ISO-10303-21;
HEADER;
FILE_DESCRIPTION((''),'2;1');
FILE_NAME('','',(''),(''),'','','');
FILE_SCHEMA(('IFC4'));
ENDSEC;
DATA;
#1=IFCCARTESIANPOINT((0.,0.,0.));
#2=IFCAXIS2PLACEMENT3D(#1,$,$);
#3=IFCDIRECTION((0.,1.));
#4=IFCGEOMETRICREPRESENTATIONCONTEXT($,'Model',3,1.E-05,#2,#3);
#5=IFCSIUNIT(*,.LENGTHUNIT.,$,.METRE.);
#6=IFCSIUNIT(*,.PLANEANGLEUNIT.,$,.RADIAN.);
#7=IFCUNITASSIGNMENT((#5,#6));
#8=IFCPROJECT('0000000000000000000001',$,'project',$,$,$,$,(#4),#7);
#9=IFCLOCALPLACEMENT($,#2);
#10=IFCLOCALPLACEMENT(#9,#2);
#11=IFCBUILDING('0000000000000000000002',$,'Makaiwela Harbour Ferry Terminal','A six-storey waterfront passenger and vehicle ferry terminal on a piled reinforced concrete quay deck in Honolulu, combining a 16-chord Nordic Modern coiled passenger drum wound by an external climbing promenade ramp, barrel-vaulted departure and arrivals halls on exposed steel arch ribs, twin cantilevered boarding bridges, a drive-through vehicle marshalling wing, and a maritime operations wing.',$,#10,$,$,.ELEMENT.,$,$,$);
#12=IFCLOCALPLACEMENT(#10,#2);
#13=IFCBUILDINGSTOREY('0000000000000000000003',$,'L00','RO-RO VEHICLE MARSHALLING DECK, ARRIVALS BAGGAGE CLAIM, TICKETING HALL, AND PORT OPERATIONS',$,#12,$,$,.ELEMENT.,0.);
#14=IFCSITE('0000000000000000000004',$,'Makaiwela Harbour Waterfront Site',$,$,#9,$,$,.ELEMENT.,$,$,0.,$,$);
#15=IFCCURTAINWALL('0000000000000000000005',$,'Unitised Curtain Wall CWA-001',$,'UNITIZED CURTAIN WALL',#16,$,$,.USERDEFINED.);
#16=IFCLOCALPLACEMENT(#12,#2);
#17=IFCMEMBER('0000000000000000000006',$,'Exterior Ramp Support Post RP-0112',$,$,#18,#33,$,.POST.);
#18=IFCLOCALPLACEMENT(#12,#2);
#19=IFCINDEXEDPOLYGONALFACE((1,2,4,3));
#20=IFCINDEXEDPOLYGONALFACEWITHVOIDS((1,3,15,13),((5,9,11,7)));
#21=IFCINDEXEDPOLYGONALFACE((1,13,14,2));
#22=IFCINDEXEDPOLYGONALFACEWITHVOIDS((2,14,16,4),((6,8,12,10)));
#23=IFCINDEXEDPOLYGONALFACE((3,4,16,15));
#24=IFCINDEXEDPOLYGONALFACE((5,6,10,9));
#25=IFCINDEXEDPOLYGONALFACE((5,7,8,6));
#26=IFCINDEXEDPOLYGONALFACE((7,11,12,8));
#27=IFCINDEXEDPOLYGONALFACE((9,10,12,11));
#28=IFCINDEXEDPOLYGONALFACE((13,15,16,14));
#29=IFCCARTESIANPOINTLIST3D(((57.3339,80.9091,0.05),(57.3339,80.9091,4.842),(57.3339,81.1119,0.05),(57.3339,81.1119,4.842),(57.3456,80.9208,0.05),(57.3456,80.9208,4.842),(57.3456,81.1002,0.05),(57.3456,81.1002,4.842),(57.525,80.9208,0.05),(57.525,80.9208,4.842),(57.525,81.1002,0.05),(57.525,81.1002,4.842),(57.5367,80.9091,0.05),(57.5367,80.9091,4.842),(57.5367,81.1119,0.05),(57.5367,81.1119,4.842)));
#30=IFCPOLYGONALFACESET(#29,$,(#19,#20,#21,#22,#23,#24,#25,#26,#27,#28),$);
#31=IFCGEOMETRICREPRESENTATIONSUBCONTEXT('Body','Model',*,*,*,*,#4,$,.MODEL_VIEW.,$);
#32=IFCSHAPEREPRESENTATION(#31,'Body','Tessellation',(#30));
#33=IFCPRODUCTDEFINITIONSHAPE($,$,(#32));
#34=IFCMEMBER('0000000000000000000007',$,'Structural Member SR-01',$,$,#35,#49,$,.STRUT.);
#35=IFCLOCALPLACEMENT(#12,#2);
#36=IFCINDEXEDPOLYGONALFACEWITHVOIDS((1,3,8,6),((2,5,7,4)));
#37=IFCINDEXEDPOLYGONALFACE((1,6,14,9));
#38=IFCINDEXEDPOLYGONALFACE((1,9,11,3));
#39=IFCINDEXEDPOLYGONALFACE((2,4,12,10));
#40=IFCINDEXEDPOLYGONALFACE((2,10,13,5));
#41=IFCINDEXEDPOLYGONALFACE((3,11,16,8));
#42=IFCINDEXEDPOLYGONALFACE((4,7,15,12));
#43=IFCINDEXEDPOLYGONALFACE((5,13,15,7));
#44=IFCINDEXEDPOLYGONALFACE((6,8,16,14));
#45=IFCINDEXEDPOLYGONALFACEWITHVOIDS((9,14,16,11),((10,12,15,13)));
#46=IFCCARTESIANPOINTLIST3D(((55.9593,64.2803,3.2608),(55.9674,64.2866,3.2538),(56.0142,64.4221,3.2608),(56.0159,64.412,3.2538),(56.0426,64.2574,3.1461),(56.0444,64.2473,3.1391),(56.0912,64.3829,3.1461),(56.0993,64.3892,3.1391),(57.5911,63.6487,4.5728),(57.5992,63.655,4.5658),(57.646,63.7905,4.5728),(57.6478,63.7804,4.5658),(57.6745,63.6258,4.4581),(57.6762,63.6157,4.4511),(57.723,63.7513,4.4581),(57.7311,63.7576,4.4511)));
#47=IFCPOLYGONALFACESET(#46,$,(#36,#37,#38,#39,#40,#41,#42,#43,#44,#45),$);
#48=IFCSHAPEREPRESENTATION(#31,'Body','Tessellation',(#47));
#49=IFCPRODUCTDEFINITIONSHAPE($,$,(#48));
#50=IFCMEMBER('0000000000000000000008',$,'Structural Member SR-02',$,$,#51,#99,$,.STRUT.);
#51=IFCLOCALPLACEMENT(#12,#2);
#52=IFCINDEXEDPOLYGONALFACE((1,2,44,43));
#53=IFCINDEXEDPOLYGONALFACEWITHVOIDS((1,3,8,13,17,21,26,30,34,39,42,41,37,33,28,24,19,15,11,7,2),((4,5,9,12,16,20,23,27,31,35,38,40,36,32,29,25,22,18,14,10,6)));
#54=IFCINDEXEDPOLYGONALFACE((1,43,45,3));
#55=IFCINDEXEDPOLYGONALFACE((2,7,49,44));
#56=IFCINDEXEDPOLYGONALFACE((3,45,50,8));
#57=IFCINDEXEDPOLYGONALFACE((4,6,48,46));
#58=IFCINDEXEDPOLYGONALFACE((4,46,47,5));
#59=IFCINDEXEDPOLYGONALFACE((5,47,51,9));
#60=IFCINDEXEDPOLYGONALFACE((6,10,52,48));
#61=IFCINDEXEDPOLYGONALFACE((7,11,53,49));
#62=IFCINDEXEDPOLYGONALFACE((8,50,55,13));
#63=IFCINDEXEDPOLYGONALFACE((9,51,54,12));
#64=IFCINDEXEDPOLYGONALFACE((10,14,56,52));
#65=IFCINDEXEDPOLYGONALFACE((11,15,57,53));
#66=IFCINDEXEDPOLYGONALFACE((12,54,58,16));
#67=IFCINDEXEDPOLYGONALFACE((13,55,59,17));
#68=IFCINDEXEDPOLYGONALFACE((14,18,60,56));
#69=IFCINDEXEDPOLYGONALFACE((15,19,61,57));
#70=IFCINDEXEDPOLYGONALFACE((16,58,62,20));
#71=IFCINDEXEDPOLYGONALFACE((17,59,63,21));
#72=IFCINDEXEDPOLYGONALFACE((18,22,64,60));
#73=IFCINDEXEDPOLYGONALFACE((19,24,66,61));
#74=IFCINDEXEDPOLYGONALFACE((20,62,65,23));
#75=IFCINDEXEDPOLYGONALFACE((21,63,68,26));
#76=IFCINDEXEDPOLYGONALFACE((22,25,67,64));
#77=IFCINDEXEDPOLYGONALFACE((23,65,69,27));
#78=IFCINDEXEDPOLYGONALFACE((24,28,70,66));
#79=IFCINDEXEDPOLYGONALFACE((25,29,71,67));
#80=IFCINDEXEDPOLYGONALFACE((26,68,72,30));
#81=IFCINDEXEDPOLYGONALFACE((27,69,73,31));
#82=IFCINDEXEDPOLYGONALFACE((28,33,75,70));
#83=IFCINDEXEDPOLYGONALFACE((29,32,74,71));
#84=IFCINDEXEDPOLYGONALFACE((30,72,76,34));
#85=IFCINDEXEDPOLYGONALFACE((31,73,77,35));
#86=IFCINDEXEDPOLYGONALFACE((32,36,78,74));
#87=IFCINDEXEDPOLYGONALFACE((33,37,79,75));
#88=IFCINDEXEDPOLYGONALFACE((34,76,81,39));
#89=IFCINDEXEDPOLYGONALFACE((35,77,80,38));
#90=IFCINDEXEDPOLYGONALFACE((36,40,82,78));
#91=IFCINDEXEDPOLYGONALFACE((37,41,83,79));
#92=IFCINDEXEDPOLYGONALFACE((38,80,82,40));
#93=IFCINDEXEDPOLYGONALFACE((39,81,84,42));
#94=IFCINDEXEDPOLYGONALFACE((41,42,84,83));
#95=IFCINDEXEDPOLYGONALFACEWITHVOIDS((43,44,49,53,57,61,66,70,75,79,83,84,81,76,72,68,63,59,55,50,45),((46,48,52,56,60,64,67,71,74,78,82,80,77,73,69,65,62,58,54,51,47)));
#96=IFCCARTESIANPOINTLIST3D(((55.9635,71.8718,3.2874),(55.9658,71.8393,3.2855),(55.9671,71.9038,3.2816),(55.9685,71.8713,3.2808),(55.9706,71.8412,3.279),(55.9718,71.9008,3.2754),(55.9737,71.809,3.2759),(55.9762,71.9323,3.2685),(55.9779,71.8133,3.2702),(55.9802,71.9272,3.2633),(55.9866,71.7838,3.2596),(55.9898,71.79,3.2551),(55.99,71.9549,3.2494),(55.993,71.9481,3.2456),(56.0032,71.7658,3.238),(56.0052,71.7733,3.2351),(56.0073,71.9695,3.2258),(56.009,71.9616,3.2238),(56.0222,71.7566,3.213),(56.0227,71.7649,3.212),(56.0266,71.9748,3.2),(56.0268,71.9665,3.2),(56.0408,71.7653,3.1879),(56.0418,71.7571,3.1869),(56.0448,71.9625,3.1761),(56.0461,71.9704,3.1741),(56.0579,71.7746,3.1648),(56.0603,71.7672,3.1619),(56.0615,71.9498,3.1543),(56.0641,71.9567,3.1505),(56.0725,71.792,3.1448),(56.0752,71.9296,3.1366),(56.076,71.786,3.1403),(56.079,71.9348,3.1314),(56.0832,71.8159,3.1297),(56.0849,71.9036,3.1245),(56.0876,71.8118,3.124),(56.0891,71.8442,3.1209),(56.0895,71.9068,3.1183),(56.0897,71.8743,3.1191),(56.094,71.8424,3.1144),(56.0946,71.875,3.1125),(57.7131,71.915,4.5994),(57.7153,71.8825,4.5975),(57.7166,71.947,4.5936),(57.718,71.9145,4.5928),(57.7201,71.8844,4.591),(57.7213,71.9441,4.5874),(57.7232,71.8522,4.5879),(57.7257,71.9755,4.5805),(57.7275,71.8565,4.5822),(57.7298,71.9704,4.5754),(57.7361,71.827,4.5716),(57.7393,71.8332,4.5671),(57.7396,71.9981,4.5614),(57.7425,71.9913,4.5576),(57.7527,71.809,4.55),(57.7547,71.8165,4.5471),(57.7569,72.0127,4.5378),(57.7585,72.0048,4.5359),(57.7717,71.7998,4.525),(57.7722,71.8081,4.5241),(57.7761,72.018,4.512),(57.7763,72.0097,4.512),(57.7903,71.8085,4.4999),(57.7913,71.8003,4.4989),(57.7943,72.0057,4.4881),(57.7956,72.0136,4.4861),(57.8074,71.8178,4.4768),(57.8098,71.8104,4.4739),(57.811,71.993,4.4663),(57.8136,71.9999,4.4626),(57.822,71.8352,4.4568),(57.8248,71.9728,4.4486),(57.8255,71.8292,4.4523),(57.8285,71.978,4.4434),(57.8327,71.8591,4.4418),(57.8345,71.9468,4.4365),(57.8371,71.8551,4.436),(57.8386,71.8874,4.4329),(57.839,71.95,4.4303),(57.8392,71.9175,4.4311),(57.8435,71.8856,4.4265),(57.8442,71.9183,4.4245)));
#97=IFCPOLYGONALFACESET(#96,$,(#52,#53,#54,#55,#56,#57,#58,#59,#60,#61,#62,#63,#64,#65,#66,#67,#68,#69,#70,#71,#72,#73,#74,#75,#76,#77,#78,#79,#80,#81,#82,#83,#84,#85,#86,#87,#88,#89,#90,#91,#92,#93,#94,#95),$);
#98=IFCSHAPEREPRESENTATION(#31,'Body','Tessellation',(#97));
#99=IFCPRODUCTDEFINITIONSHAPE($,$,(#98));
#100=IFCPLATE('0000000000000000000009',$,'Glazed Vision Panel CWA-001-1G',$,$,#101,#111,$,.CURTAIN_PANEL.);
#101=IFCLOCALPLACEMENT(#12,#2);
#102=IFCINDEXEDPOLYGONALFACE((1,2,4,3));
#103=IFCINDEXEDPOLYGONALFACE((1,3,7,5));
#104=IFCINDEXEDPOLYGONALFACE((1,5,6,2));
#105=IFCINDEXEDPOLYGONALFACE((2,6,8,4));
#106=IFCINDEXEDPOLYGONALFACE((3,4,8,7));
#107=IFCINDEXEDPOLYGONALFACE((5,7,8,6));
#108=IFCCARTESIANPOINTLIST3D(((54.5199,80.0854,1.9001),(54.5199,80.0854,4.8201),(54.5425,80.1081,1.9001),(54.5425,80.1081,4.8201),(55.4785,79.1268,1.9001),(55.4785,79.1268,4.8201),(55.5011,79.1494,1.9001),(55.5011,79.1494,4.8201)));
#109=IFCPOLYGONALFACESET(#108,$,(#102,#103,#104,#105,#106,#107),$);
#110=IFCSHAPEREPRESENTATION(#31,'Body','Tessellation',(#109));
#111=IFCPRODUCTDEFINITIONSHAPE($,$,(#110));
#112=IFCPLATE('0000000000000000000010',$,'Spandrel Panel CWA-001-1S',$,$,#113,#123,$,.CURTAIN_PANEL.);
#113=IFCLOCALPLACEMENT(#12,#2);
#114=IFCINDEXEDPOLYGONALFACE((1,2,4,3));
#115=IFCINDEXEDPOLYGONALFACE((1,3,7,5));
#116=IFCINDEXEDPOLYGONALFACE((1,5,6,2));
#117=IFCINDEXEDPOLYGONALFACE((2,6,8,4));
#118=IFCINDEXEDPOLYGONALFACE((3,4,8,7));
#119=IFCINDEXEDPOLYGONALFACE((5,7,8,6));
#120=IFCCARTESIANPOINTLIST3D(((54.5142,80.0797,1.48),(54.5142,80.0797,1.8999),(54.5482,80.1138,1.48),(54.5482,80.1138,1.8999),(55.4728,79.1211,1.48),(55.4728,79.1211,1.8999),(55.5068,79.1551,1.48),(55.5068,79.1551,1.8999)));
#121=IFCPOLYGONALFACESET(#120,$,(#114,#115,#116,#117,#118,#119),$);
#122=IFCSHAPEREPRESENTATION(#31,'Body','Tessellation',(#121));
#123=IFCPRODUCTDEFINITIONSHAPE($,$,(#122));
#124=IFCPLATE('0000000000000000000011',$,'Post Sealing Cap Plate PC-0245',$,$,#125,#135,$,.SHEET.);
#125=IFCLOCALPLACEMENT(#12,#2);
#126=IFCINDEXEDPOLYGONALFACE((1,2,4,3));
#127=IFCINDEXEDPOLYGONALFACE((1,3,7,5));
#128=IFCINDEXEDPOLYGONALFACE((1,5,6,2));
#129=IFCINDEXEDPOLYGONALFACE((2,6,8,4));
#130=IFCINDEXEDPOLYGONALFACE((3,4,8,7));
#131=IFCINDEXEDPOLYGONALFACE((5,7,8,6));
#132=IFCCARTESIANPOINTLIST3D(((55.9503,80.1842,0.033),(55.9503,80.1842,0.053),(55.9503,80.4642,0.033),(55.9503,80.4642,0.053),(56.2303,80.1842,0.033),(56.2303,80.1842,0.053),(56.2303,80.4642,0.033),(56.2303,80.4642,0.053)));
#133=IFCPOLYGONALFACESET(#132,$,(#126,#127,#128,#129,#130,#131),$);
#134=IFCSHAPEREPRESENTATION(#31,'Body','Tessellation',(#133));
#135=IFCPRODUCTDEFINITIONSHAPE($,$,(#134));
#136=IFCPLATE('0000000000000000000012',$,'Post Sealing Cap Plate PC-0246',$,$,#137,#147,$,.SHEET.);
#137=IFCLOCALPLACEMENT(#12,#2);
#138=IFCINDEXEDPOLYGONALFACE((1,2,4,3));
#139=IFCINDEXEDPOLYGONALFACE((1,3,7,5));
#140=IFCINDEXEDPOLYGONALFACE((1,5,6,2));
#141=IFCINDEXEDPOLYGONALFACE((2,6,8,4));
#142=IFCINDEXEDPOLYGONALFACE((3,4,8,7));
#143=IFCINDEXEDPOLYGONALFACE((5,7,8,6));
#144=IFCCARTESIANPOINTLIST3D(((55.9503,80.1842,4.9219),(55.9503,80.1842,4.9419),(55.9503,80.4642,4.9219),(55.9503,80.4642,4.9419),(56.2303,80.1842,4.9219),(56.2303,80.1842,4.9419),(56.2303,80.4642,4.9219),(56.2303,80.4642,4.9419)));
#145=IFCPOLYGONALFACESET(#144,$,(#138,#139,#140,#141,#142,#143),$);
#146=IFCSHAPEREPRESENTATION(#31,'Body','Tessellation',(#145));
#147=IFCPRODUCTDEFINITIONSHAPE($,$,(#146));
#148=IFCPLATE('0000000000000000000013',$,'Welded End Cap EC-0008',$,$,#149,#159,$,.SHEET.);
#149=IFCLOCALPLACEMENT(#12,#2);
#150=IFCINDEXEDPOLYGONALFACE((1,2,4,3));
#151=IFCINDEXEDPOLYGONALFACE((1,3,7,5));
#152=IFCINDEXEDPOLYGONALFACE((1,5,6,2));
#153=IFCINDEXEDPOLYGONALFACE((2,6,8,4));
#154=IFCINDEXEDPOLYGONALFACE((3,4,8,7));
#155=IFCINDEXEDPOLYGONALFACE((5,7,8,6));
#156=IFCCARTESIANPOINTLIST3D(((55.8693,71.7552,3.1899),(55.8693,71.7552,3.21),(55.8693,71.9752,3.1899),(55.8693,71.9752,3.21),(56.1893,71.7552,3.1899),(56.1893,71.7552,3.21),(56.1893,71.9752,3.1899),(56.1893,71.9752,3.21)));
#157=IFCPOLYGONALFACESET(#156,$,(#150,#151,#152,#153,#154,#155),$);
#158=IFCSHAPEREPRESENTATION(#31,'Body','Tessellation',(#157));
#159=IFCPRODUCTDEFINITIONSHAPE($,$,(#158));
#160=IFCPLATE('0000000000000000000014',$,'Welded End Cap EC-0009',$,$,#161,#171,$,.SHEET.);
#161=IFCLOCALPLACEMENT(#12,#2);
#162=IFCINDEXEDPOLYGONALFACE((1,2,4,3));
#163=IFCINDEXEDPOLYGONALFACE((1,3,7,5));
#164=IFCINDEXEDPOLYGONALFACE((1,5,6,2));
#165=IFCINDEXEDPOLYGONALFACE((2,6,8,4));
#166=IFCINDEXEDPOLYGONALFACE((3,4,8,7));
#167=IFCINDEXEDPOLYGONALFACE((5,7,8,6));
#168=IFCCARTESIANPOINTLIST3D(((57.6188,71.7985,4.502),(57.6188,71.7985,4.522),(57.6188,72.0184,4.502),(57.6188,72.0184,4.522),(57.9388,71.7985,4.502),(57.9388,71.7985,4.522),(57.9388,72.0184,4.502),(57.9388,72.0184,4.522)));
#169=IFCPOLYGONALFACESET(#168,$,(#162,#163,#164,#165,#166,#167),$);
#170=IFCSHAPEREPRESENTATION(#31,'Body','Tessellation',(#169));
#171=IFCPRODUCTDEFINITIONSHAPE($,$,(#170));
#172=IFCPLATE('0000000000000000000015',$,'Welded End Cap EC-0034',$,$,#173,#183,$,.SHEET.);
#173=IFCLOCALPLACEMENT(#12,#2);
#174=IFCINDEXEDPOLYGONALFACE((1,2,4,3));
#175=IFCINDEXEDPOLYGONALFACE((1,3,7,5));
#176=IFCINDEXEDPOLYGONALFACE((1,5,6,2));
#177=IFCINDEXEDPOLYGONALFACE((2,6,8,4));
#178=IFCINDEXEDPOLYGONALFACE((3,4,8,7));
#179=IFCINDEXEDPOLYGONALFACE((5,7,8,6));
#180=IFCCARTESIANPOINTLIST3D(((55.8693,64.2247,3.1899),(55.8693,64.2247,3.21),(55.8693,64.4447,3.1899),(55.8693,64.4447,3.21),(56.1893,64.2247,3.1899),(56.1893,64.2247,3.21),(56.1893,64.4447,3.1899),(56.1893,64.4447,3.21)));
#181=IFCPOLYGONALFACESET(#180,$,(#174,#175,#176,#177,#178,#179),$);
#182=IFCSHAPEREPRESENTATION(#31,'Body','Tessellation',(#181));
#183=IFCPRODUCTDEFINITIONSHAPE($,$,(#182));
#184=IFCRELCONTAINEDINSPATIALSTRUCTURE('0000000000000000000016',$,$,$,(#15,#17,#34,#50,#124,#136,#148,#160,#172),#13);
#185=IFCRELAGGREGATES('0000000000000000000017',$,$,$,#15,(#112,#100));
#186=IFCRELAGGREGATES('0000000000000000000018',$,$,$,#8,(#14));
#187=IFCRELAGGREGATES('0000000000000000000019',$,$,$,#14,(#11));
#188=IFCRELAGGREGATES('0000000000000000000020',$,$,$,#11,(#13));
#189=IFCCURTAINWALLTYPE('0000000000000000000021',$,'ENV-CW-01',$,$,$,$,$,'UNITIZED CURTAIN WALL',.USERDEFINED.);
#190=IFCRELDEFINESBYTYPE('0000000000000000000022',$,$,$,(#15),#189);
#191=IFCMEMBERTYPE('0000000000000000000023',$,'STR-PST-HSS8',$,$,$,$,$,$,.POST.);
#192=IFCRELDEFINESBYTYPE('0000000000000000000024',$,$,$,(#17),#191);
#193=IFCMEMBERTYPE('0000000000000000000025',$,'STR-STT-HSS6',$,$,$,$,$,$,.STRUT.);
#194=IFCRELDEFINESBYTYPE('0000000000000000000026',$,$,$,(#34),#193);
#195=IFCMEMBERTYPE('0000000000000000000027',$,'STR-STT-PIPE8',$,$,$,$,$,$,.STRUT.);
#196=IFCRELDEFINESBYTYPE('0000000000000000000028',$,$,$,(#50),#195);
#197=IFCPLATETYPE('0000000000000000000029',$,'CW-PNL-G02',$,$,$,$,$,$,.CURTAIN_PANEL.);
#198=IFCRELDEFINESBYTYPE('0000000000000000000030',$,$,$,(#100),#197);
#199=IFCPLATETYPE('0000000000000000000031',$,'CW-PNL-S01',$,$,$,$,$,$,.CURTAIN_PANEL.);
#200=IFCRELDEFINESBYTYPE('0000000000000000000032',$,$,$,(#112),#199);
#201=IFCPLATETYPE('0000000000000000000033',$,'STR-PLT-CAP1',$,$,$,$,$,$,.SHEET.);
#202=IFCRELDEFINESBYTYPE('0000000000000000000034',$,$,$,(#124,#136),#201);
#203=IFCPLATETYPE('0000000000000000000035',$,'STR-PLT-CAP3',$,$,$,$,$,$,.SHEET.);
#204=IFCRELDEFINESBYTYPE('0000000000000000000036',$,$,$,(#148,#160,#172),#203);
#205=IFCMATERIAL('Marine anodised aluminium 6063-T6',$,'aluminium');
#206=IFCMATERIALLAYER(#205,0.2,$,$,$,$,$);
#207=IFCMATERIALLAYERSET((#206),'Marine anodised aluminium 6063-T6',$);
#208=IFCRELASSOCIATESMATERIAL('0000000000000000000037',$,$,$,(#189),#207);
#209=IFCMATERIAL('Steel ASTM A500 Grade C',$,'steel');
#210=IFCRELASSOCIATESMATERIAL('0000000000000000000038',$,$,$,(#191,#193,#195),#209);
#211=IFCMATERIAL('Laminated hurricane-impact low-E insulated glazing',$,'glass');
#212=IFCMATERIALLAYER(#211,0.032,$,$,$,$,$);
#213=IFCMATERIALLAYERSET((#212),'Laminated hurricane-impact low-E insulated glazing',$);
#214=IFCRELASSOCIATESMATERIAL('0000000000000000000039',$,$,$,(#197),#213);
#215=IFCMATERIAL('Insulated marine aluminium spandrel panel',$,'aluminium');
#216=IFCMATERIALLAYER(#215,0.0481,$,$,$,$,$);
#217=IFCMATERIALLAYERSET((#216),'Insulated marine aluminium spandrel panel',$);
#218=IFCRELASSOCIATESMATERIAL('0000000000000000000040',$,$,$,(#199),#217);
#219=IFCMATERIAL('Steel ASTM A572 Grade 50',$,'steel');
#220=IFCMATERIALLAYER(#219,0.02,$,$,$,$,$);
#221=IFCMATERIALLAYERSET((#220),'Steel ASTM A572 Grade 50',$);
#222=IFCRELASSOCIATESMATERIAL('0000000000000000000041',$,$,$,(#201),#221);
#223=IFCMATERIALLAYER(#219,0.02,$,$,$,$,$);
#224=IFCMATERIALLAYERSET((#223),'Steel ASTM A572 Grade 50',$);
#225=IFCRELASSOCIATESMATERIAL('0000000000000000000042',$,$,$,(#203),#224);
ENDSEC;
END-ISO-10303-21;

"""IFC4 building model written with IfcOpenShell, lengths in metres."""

from ifc_helpers import new_model, si_unit, direction, frame, origin, origin_2d, place, context, subcontext, project, spatial, rectangle, hollow_rectangle, hollow_circle, extrude, material, layer, layer_set, material_profile, profile_set, type_object, element, aggregate, save


model = new_model("IFC4")

# Units and contexts
model_context = context("Model", 3, precision=1e-05, world=origin(), true_north=direction((0.0, 1.0)))
body_context = subcontext(model_context, "Body", "Model", "MODEL_VIEW")
ifc_project = project(units=[si_unit("LENGTHUNIT", "METRE"), si_unit("PLANEANGLEUNIT", "RADIAN")], contexts=[model_context])

# Site, building, storey
site_placement = place(None, origin())
site = spatial("IfcSite", under=ifc_project, at=site_placement, Name="Makaiwela Harbour Waterfront Site", CompositionType="ELEMENT", RefElevation=0.0)
building_placement = place(site_placement, origin())
building = spatial("IfcBuilding", under=site, at=building_placement, Name="Makaiwela Harbour Ferry Terminal", Description="A six-storey waterfront passenger and vehicle ferry terminal on a piled reinforced concrete quay deck in Honolulu, combining a 16-chord Nordic Modern coiled passenger drum wound by an external climbing promenade ramp, barrel-vaulted departure and arrivals halls on exposed steel arch ribs, twin cantilevered boarding bridges, a drive-through vehicle marshalling wing, and a maritime operations wing.", CompositionType="ELEMENT")
storey_placement = place(building_placement, origin())
storey = spatial("IfcBuildingStorey", under=building, at=storey_placement, Name="L00", Description="RO-RO VEHICLE MARSHALLING DECK, ARRIVALS BAGGAGE CLAIM, TICKETING HALL, AND PORT OPERATIONS", CompositionType="ELEMENT", Elevation=0.0)

# Curtain wall
ifc_material_1 = material(Name="Marine anodised aluminium 6063-T6", Category="aluminium")
ifc_layer_1 = layer(ifc_material_1, 0.2)
ifc_layer_set_1 = layer_set([ifc_layer_1], Name="Marine anodised aluminium 6063-T6")
curtain_wall_type = type_object("IfcCurtainWallType", Name="ENV-CW-01", ElementType="UNITIZED CURTAIN WALL", PredefinedType="USERDEFINED", material=ifc_layer_set_1)
curtain_wall_placement = place(storey_placement, origin())
curtain_wall = element("IfcCurtainWall", 1, at=curtain_wall_placement, inside=storey, type_object=curtain_wall_type, Name="Unitised Curtain Wall CWA-001", ObjectType="UNITIZED CURTAIN WALL", PredefinedType="USERDEFINED")

# Members
ifc_material_2 = material(Name="Steel ASTM A500 Grade C", Category="steel")
ifc_material_profile_1 = material_profile(ifc_material_2, hollow_rectangle(XDim=0.2029, YDim=0.2029, WallThickness=0.0117, at=origin_2d()), Name="HSS8X8X1/2")
ifc_profile_set_1 = profile_set([ifc_material_profile_1], Name="Steel ASTM A500 Grade C")
member_type_1 = type_object("IfcMemberType", Name="STR-PST-HSS8", PredefinedType="POST", material=ifc_profile_set_1)
member_1_placement = place(storey_placement, frame((57.4353, 81.0105, 0.05), z_axis=(0.0, 0.0, 1.0), x_axis=(1.0, 0.0, 0.0)))
element("IfcMember", 2, at=member_1_placement, inside=storey, type_object=member_type_1, Name="Exterior Ramp Support Post RP-0112", PredefinedType="POST", context=body_context, shape_type="SweptSolid", body=[
    extrude(hollow_rectangle(XDim=0.2029, YDim=0.2029, WallThickness=0.0117, at=origin_2d()), origin(), (0.0, 0.0, 1.0), 4.792),
])
ifc_material_profile_2 = material_profile(ifc_material_2, hollow_rectangle(XDim=0.1521, YDim=0.1521, WallThickness=0.0088, at=origin_2d()), Name="HSS6X6X3/8")
ifc_profile_set_2 = profile_set([ifc_material_profile_2], Name="Steel ASTM A500 Grade C")
member_type_2 = type_object("IfcMemberType", Name="STR-STT-HSS6", PredefinedType="STRUT", material=ifc_profile_set_2)
member_2_placement = place(storey_placement, frame((56.0293, 64.3347, 3.2), z_axis=(0.746137, -0.288788, 0.599901), x_axis=(0.360951, 0.932585, 0.0)))
element("IfcMember", 3, at=member_2_placement, inside=storey, type_object=member_type_2, Name="Structural Member SR-01", PredefinedType="STRUT", context=body_context, shape_type="SweptSolid", body=[
    extrude(hollow_rectangle(XDim=0.1521, YDim=0.1521, WallThickness=0.0088, at=origin_2d()), origin(), (0.0, 0.0, 1.0), 2.187),
])
ifc_material_profile_3 = material_profile(ifc_material_2, hollow_circle(Radius=0.1096, WallThickness=0.0083, at=origin_2d()), Name="PIPE8STD")
ifc_profile_set_3 = profile_set([ifc_material_profile_3], Name="Steel ASTM A500 Grade C")
member_type_3 = type_object("IfcMemberType", Name="STR-STT-PIPE8", PredefinedType="STRUT", material=ifc_profile_set_3)
member_3_placement = place(storey_placement, frame((56.0293, 71.8652, 3.2), z_axis=(0.799871, 0.019757, 0.599847), x_axis=(-0.024692, 0.999695, 0.0)))
element("IfcMember", 4, at=member_3_placement, inside=storey, type_object=member_type_3, Name="Structural Member SR-02", PredefinedType="STRUT", context=body_context, shape_type="SweptSolid", body=[
    extrude(hollow_circle(Radius=0.1096, WallThickness=0.0083, at=origin_2d()), origin(), (0.0, 0.0, 1.0), 2.1873),
])

# Plates
ifc_material_3 = material(Name="Laminated hurricane-impact low-E insulated glazing", Category="glass")
ifc_layer_2 = layer(ifc_material_3, 0.032)
ifc_layer_set_2 = layer_set([ifc_layer_2], Name="Laminated hurricane-impact low-E insulated glazing")
plate_type_1 = type_object("IfcPlateType", Name="CW-PNL-G02", PredefinedType="CURTAIN_PANEL", material=ifc_layer_set_2)
plate_1_placement = place(storey_placement, frame((55.0105, 79.6174, 1.9001), z_axis=(0.0, 0.0, 1.0), x_axis=(-0.707107, 0.707107, 0.0)))
plate_1 = element("IfcPlate", 5, at=plate_1_placement, type_object=plate_type_1, Name="Glazed Vision Panel CWA-001-1G", PredefinedType="CURTAIN_PANEL", context=body_context, shape_type="SweptSolid", body=[
    extrude(rectangle(XDim=1.3557, YDim=0.032, at=origin_2d()), origin(), (0.0, 0.0, 1.0), 2.9199),
])
ifc_material_4 = material(Name="Insulated marine aluminium spandrel panel", Category="aluminium")
ifc_layer_3 = layer(ifc_material_4, 0.0481)
ifc_layer_set_3 = layer_set([ifc_layer_3], Name="Insulated marine aluminium spandrel panel")
plate_type_2 = type_object("IfcPlateType", Name="CW-PNL-S01", PredefinedType="CURTAIN_PANEL", material=ifc_layer_set_3)
plate_2_placement = place(storey_placement, frame((55.0105, 79.6174, 1.48), z_axis=(0.0, 0.0, 1.0), x_axis=(-0.707107, 0.707107, 0.0)))
plate_2 = element("IfcPlate", 6, at=plate_2_placement, type_object=plate_type_2, Name="Spandrel Panel CWA-001-1S", PredefinedType="CURTAIN_PANEL", context=body_context, shape_type="SweptSolid", body=[
    extrude(rectangle(XDim=1.3557, YDim=0.0481, at=origin_2d()), origin(), (0.0, 0.0, 1.0), 0.4199),
])
aggregate(curtain_wall, [plate_2, plate_1])

# Plates
ifc_material_5 = material(Name="Steel ASTM A572 Grade 50", Category="steel")
ifc_layer_4 = layer(ifc_material_5, 0.02)
ifc_layer_set_4 = layer_set([ifc_layer_4], Name="Steel ASTM A572 Grade 50")
plate_type_3 = type_object("IfcPlateType", Name="STR-PLT-CAP1", PredefinedType="SHEET", material=ifc_layer_set_4)
for number, where, z_axis, x_axis, name in (
    (7, (56.0903, 80.3242, 0.033), (0.0, 0.0, 1.0), (1.0, 0.0, 0.0), "Post Sealing Cap Plate PC-0245"),
    (8, (56.0903, 80.3242, 4.9219), (0.0, 0.0, 1.0), (1.0, 0.0, 0.0), "Post Sealing Cap Plate PC-0246"),
):
    element("IfcPlate", number, at=place(storey_placement, frame(where, z_axis=z_axis, x_axis=x_axis)), inside=storey, type_object=plate_type_3, Name=name, PredefinedType="SHEET", context=body_context, shape_type="SweptSolid", body=[
        extrude(rectangle(XDim=0.28, YDim=0.28, at=origin_2d()), origin(), (0.0, 0.0, 1.0), 0.02),
    ])
ifc_layer_5 = layer(ifc_material_5, 0.02)
ifc_layer_set_5 = layer_set([ifc_layer_5], Name="Steel ASTM A572 Grade 50")
plate_type_4 = type_object("IfcPlateType", Name="STR-PLT-CAP3", PredefinedType="SHEET", material=ifc_layer_set_5)
for number, where, z_axis, x_axis, name in (
    (9, (56.0293, 71.8652, 3.1899), (0.0, 0.0, 1.0), (1.0, 0.0, 0.0), "Welded End Cap EC-0008"),
    (10, (57.7788, 71.9084, 4.502), (0.0, 0.0, 1.0), (1.0, 0.0, 0.0), "Welded End Cap EC-0009"),
    (11, (56.0293, 64.3347, 3.1899), (0.0, 0.0, 1.0), (1.0, 0.0, 0.0), "Welded End Cap EC-0034"),
):
    element("IfcPlate", number, at=place(storey_placement, frame(where, z_axis=z_axis, x_axis=x_axis)), inside=storey, type_object=plate_type_4, Name=name, PredefinedType="SHEET", context=body_context, shape_type="SweptSolid", body=[
        extrude(rectangle(XDim=0.3201, YDim=0.22, at=origin_2d()), origin(), (0.0, 0.0, 1.0), 0.02),
    ])

save(model, "model.ifc")
